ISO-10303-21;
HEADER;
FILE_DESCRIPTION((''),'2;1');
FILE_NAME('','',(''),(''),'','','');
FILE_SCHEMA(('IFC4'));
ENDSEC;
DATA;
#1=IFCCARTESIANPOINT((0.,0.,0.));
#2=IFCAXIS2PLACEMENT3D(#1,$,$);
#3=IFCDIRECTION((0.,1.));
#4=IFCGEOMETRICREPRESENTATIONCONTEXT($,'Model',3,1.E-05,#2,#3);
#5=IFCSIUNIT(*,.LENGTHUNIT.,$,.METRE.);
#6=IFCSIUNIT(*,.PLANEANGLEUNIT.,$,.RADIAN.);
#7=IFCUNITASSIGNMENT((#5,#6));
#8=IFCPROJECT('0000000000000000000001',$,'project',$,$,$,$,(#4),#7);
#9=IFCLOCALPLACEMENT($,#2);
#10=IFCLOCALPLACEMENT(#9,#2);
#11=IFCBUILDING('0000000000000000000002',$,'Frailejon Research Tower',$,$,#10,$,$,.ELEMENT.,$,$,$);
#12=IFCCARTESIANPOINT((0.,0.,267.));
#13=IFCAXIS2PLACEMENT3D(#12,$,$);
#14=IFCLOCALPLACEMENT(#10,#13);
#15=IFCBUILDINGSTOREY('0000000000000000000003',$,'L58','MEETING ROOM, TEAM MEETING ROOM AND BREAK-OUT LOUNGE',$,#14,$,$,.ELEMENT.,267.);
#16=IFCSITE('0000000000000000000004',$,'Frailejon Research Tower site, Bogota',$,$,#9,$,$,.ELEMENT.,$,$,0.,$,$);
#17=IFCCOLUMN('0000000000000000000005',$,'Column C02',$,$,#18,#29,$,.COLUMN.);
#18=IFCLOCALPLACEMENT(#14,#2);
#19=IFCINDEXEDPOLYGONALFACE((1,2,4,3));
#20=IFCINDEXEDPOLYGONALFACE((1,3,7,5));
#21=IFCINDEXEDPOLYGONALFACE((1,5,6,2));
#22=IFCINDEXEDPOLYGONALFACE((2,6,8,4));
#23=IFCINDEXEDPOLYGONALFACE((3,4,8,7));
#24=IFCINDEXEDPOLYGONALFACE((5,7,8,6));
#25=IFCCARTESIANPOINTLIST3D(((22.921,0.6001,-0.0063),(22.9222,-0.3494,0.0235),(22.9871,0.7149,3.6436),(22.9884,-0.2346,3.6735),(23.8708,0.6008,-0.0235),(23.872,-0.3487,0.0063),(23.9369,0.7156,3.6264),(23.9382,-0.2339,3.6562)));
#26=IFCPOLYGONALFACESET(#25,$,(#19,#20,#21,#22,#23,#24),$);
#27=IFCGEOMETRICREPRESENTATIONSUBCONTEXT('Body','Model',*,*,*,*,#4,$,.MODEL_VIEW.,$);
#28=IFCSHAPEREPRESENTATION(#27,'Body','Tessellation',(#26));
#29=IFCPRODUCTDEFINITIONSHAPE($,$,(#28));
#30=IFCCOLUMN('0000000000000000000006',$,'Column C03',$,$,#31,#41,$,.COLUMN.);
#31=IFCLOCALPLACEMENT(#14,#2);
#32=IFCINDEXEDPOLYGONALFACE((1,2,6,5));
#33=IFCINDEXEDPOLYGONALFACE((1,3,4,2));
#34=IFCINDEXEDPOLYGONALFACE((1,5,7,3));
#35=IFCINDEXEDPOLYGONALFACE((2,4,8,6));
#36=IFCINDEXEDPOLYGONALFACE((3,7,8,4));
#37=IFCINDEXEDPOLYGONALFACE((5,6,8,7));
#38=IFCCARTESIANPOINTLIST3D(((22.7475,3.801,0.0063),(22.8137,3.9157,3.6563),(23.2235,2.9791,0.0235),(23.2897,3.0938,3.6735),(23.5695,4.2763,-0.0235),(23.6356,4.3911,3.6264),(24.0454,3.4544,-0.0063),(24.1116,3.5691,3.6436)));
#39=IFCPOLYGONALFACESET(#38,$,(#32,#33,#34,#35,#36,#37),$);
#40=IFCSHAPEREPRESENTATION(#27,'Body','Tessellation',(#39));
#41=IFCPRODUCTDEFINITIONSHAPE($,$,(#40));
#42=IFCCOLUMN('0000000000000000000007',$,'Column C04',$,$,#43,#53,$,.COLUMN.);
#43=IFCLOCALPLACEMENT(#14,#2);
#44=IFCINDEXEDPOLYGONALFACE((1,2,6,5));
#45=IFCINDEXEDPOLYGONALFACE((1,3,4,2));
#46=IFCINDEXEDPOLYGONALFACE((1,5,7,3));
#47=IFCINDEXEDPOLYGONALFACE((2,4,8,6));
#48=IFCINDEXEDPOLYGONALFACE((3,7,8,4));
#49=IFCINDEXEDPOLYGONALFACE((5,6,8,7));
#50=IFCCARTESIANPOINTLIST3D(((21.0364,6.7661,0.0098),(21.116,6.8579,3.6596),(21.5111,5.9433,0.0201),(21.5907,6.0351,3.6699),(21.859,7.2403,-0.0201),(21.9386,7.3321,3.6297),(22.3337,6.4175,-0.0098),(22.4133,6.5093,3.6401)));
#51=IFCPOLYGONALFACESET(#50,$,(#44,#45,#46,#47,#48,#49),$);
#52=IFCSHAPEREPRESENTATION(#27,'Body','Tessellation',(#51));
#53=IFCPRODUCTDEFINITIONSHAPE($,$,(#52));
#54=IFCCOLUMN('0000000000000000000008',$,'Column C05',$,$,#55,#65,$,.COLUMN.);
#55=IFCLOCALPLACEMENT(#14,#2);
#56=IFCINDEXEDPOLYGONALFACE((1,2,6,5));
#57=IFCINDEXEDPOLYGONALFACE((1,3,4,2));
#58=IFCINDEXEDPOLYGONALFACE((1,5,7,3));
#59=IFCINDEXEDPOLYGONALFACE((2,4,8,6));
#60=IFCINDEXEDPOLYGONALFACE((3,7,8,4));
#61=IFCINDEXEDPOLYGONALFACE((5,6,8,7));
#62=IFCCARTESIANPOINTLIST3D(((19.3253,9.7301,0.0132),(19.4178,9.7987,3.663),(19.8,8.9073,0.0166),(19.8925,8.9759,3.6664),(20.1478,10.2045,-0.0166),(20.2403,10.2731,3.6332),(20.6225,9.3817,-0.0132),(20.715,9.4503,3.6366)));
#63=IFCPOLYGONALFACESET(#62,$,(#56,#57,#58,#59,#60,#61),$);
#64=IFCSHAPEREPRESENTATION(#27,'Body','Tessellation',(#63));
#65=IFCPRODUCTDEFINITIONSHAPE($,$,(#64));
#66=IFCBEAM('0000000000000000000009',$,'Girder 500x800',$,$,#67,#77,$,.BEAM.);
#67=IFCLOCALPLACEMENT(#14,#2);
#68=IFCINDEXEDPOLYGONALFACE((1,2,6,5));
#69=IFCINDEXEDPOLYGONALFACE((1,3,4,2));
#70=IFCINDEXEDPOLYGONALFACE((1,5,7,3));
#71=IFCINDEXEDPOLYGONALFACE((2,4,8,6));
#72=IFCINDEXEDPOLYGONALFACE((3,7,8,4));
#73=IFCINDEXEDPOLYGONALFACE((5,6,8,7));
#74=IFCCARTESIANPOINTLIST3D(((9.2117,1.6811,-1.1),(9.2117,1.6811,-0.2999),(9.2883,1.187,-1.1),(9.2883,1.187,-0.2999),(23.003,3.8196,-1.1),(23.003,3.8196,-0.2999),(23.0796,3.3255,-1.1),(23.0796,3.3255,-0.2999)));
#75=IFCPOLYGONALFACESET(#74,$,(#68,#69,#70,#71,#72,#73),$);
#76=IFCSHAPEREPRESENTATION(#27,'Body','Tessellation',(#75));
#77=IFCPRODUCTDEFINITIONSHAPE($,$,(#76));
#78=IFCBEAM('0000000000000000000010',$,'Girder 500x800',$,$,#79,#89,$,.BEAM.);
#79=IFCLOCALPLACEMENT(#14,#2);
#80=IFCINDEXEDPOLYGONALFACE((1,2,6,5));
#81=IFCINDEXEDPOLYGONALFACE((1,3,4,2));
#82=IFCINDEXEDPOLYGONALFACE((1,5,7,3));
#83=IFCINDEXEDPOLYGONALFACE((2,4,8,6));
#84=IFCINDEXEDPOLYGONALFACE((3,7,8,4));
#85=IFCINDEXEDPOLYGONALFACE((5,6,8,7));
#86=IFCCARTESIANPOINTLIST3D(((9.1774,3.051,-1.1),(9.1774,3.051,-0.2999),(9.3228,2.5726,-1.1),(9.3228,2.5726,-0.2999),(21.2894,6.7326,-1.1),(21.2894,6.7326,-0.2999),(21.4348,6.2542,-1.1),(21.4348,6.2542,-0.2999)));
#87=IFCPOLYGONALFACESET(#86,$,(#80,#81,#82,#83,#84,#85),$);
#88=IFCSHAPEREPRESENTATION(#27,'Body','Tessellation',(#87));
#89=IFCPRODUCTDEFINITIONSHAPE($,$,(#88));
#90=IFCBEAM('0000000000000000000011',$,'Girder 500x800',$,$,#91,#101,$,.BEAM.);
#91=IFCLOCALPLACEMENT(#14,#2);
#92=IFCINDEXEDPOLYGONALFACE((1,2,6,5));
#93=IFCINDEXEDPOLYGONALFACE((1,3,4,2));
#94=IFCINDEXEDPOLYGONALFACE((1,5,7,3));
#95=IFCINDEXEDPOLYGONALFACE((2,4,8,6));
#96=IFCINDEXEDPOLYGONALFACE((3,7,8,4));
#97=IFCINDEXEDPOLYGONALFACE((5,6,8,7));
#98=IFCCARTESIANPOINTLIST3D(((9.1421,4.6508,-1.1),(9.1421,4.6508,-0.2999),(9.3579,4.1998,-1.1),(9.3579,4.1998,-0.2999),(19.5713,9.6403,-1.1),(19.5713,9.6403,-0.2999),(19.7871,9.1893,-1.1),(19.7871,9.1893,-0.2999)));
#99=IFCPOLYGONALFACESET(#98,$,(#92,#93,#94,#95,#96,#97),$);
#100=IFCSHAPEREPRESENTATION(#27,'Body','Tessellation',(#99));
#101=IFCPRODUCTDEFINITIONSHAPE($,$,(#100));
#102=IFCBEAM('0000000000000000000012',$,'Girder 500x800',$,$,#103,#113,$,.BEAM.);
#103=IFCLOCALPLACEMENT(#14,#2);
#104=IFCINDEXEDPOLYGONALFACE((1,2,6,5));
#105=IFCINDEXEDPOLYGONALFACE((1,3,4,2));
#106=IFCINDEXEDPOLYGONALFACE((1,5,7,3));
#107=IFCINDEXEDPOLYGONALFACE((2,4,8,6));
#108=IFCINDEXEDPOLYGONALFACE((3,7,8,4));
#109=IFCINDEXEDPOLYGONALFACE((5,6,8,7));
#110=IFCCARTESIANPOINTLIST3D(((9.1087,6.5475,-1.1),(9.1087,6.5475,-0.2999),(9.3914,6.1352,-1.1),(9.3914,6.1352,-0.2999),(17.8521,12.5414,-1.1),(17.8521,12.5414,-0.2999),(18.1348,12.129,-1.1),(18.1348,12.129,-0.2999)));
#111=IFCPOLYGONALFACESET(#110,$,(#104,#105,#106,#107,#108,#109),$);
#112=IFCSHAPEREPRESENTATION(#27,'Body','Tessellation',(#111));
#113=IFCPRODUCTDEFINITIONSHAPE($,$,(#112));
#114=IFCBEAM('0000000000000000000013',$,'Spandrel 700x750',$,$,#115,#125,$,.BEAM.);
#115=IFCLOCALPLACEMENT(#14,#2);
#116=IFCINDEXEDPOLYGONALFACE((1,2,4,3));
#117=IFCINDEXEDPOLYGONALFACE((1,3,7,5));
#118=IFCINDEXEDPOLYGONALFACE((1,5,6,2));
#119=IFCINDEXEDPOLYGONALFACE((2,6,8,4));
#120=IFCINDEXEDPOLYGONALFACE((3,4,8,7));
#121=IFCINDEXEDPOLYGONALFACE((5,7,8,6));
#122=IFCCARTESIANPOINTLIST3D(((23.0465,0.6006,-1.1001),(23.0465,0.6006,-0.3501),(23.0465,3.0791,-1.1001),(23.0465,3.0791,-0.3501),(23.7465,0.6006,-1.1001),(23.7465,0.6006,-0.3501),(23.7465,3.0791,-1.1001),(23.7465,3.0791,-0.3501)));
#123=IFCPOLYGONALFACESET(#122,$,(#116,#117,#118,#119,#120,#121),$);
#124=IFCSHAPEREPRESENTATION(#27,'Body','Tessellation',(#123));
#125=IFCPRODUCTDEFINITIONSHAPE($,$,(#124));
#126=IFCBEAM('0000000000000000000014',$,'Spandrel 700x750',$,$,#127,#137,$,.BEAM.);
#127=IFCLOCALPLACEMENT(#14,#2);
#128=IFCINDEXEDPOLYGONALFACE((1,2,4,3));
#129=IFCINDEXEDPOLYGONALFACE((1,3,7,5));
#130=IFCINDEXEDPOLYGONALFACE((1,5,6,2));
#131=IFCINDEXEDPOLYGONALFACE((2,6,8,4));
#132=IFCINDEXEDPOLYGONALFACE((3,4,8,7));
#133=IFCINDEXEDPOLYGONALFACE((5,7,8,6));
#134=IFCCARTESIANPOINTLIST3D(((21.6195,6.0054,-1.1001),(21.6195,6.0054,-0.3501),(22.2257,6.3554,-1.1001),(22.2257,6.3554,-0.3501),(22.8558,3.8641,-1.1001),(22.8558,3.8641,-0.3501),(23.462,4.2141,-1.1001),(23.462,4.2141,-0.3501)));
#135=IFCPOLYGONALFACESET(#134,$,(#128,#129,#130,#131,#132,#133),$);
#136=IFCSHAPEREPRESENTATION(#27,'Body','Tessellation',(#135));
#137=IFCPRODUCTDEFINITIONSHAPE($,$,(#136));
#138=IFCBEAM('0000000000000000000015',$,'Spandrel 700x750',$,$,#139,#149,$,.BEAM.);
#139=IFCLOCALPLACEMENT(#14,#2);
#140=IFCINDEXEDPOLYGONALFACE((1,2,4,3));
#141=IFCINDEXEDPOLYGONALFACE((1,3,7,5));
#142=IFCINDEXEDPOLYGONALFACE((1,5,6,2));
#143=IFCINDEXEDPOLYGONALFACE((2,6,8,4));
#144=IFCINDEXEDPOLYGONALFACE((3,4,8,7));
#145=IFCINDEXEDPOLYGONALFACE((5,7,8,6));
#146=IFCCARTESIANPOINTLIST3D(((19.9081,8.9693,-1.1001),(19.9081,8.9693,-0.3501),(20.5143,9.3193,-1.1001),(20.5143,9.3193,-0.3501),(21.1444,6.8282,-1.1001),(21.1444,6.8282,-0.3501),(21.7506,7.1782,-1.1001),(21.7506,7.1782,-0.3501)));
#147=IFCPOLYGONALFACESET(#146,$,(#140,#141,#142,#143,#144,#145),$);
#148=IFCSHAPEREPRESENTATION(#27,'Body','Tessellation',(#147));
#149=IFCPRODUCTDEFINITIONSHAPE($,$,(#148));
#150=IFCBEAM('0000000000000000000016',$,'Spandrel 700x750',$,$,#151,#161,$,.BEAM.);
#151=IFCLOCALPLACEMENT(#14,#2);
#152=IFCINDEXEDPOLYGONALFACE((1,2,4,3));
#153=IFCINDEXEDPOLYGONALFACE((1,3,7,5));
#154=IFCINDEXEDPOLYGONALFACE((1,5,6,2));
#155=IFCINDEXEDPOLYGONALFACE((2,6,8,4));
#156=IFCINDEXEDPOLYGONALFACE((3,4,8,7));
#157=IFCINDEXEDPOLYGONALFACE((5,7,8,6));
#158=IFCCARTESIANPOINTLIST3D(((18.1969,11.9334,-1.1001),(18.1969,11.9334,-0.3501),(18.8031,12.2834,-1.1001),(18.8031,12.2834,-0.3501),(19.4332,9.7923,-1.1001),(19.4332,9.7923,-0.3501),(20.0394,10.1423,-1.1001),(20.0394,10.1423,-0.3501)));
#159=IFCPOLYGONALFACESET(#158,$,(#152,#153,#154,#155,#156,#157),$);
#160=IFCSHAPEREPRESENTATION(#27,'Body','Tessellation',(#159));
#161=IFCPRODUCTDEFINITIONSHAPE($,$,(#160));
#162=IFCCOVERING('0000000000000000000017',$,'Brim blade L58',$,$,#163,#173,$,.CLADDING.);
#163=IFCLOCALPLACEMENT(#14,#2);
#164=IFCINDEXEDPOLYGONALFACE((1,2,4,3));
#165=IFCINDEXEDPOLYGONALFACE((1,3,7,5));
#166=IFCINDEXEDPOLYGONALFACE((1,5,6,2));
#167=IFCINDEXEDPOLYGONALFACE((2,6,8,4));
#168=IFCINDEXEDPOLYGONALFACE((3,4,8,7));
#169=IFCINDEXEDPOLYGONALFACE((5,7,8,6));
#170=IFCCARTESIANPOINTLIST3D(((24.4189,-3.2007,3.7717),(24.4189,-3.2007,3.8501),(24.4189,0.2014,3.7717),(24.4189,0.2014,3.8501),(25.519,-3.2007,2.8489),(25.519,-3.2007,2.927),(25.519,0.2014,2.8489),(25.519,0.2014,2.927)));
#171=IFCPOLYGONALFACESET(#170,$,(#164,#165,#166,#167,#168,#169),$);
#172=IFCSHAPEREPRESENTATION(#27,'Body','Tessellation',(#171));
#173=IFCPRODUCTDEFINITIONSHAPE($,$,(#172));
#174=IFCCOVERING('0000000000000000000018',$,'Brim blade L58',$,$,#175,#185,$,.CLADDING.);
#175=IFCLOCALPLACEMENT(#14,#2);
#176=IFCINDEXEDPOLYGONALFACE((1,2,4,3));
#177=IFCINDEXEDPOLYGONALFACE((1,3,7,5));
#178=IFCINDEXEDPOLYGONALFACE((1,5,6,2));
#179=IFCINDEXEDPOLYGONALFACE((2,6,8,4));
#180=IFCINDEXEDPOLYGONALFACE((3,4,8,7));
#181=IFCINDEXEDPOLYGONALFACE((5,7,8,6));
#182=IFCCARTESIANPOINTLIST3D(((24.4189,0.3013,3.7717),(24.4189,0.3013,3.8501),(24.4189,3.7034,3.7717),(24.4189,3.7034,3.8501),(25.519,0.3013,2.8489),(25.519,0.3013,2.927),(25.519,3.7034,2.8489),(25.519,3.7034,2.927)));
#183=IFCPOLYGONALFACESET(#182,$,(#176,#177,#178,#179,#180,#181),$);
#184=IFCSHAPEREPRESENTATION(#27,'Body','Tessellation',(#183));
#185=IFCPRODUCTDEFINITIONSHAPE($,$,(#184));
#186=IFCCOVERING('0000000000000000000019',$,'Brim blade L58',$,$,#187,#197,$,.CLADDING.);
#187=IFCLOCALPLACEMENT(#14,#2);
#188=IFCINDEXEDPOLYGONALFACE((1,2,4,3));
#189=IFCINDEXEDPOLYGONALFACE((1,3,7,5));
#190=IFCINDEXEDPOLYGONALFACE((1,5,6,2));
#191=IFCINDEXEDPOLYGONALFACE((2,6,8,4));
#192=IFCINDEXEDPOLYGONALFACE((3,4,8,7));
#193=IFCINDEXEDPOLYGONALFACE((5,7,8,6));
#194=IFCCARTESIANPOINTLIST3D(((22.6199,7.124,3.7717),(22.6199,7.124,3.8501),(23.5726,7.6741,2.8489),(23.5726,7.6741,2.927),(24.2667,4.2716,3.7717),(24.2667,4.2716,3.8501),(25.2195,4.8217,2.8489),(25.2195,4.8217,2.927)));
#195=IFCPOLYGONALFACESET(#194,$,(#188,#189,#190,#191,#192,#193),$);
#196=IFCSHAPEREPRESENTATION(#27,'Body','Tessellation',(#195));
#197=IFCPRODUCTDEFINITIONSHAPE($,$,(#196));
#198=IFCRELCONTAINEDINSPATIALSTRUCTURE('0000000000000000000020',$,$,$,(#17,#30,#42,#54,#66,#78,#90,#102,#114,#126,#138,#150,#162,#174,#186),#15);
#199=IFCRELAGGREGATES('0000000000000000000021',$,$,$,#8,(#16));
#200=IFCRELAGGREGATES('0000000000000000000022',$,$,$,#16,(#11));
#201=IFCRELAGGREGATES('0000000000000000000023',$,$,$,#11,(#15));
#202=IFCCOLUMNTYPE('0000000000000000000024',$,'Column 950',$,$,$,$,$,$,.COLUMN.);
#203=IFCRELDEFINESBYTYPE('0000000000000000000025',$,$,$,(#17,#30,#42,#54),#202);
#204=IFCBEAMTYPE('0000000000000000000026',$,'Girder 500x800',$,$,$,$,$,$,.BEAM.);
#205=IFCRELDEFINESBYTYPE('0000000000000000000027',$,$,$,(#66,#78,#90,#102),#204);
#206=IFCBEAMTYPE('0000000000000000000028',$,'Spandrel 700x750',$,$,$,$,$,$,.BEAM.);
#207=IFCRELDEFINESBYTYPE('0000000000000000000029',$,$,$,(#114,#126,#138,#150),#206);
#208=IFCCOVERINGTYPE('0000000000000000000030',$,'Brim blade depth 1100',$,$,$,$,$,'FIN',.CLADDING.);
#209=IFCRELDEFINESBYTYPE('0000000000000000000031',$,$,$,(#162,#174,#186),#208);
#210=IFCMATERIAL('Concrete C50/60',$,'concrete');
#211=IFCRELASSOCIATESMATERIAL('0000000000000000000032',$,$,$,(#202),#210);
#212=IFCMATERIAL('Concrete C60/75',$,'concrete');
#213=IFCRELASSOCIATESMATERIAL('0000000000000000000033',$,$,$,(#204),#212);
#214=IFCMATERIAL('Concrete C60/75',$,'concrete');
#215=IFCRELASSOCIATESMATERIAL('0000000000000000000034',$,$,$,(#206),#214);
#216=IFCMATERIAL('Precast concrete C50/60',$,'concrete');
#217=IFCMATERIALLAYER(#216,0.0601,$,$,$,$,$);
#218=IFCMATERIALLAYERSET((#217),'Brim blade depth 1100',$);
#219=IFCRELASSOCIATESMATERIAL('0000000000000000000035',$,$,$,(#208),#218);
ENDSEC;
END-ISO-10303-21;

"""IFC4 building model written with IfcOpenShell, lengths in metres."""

from ifc_helpers import new_model, si_unit, direction, frame, origin, origin_2d, place, context, subcontext, project, spatial, polyline, rectangle, outline, extrude, material, layer, layer_set, material_profile, profile_set, type_object, element, save


model = new_model("IFC4")

# Units and contexts
model_context = context("Model", 3, precision=1e-05, world=origin(), true_north=direction((0.0, 1.0)))
body_context = subcontext(model_context, "Body", "Model", "MODEL_VIEW")
ifc_project = project(units=[si_unit("LENGTHUNIT", "METRE"), si_unit("PLANEANGLEUNIT", "RADIAN")], contexts=[model_context])

# Site, building, storey
site_placement = place(None, origin())
site = spatial("IfcSite", under=ifc_project, at=site_placement, Name="Frailejon Research Tower site, Bogota", CompositionType="ELEMENT", RefElevation=0.0)
building_placement = place(site_placement, origin())
building = spatial("IfcBuilding", under=site, at=building_placement, Name="Frailejon Research Tower", CompositionType="ELEMENT")
storey_placement = place(building_placement, frame((0.0, 0.0, 267.0)))
storey = spatial("IfcBuildingStorey", under=building, at=storey_placement, Name="L58", Description="MEETING ROOM, TEAM MEETING ROOM AND BREAK-OUT LOUNGE", CompositionType="ELEMENT", Elevation=267.0)

# Columns
ifc_material_1 = material(Name="Concrete C50/60", Category="concrete")
ifc_material_profile_1 = material_profile(ifc_material_1, rectangle(XDim=0.95, YDim=0.95, at=origin_2d()), Name="Column 950")
ifc_profile_set_1 = profile_set([ifc_material_profile_1], Name="Concrete C50/60")
column_type = type_object("IfcColumnType", Name="Column 950", PredefinedType="COLUMN", material=ifc_profile_set_1)
for number, where, z_axis, x_axis, name in (
    (1, (23.3965, 0.1257, 0.0), (0.018115, 0.031417, 0.999342), (-0.001297, 0.999506, -0.031399), "Column C02"),
    (2, (23.3965, 3.6277, 0.0), (0.018115, 0.031417, 0.999342), (-0.501041, 0.865234, -0.018119), "Column C03"),
):
    element("IfcColumn", number, at=place(storey_placement, frame(where, z_axis=z_axis, x_axis=x_axis)), inside=storey, type_object=column_type, Name=name, PredefinedType="COLUMN", context=body_context, shape_type="SweptSolid", body=[
        extrude(rectangle(XDim=0.95, YDim=0.95, at=origin_2d()), origin(), (0.0, 0.0, 1.0), 3.6523),
    ])
column_1_placement = place(storey_placement, frame((21.6851, 6.5918, 0.0), z_axis=(0.021794, 0.025137, 0.999446), x_axis=(-0.499665, 0.86615, -0.010888)))
element("IfcColumn", 3, at=column_1_placement, inside=storey, type_object=column_type, Name="Column C04", PredefinedType="COLUMN", context=body_context, shape_type="SweptSolid", body=[
    extrude(rectangle(XDim=0.95, YDim=0.95, at=origin_2d()), origin(), (0.0, 0.0, 1.0), 3.6519),
])
column_2_placement = place(storey_placement, frame((19.9739, 9.5559, 0.0), z_axis=(0.025339, 0.018787, 0.999502), x_axis=(-0.499703, 0.866189, -0.003613)))
element("IfcColumn", 4, at=column_2_placement, inside=storey, type_object=column_type, Name="Column C05", PredefinedType="COLUMN", context=body_context, shape_type="SweptSolid", body=[
    extrude(rectangle(XDim=0.95, YDim=0.95, at=origin_2d()), origin(), (0.0, 0.0, 1.0), 3.6516),
])

# Beams
ifc_material_2 = material(Name="Concrete C60/75", Category="concrete")
ifc_material_profile_2 = material_profile(ifc_material_2, rectangle(XDim=0.5, YDim=0.8, at=origin_2d()), Name="Girder 500x800")
ifc_profile_set_2 = profile_set([ifc_material_profile_2], Name="Concrete C60/75")
beam_type_1 = type_object("IfcBeamType", Name="Girder 500x800", PredefinedType="BEAM", material=ifc_profile_set_2)
beam_1_placement = place(storey_placement, frame((23.0413, 3.5725, -0.7), z_axis=(-0.988191, -0.153226, 0.0), x_axis=(0.153226, -0.988191, 0.0)))
element("IfcBeam", 5, at=beam_1_placement, inside=storey, type_object=beam_type_1, Name="Girder 500x800", PredefinedType="BEAM", context=body_context, shape_type="SweptSolid", body=[
    extrude(rectangle(XDim=0.5, YDim=0.8, at=origin_2d()), origin(), (0.0, 0.0, 1.0), 13.9561),
])
beam_2_placement = place(storey_placement, frame((21.3621, 6.4934, -0.7), z_axis=(-0.956776, -0.290826, 0.0), x_axis=(0.290826, -0.956776, 0.0)))
element("IfcBeam", 6, at=beam_2_placement, inside=storey, type_object=beam_type_1, Name="Girder 500x800", PredefinedType="BEAM", context=body_context, shape_type="SweptSolid", body=[
    extrude(rectangle(XDim=0.5, YDim=0.8, at=origin_2d()), origin(), (0.0, 0.0, 1.0), 12.6592),
])
beam_3_placement = place(storey_placement, frame((19.6792, 9.4148, -0.7), z_axis=(-0.90208, -0.43157, 0.0), x_axis=(0.43157, -0.90208, 0.0)))
element("IfcBeam", 7, at=beam_3_placement, inside=storey, type_object=beam_type_1, Name="Girder 500x800", PredefinedType="BEAM", context=body_context, shape_type="SweptSolid", body=[
    extrude(rectangle(XDim=0.5, YDim=0.8, at=origin_2d()), origin(), (0.0, 0.0, 1.0), 11.5613),
])
beam_4_placement = place(storey_placement, frame((17.9934, 12.3352, -0.7), z_axis=(-0.824799, -0.565427, 0.0), x_axis=(0.565427, -0.824799, 0.0)))
element("IfcBeam", 8, at=beam_4_placement, inside=storey, type_object=beam_type_1, Name="Girder 500x800", PredefinedType="BEAM", context=body_context, shape_type="SweptSolid", body=[
    extrude(rectangle(XDim=0.5, YDim=0.8, at=origin_2d()), origin(), (0.0, 0.0, 1.0), 10.6006),
])
ifc_material_3 = material(Name="Concrete C60/75", Category="concrete")
ifc_material_profile_3 = material_profile(ifc_material_3, rectangle(XDim=0.7, YDim=0.75, at=origin_2d()), Name="Spandrel 700x750")
ifc_profile_set_3 = profile_set([ifc_material_profile_3], Name="Concrete C60/75")
beam_type_2 = type_object("IfcBeamType", Name="Spandrel 700x750", PredefinedType="BEAM", material=ifc_profile_set_3)
beam_5_placement = place(storey_placement, frame((23.3965, 0.6006, -0.7251), z_axis=(0.0, 1.0, 0.0), x_axis=(-1.0, 0.0, 0.0)))
element("IfcBeam", 9, at=beam_5_placement, inside=storey, type_object=beam_type_2, Name="Spandrel 700x750", PredefinedType="BEAM", context=body_context, shape_type="SweptSolid", body=[
    extrude(rectangle(XDim=0.7, YDim=0.75, at=origin_2d()), origin(), (0.0, 0.0, 1.0), 2.4785),
])
beam_6_placement = place(storey_placement, frame((23.1589, 4.0391, -0.7251), z_axis=(-0.500005, 0.866023, 0.0), x_axis=(-0.866023, -0.500005, 0.0)))
element("IfcBeam", 10, at=beam_6_placement, inside=storey, type_object=beam_type_2, Name="Spandrel 700x750", PredefinedType="BEAM", context=body_context, shape_type="SweptSolid", body=[
    extrude(rectangle(XDim=0.7, YDim=0.75, at=origin_2d()), origin(), (0.0, 0.0, 1.0), 2.4727),
])
for number, where, z_axis, x_axis, name in (
    (11, (21.4475, 7.0032, -0.7251), (-0.500047, 0.865998, 0.0), (-0.865998, -0.500047, 0.0), "Spandrel 700x750"),
    (12, (19.7363, 9.9673, -0.7251), (-0.500047, 0.865998, 0.0), (-0.865998, -0.500047, 0.0), "Spandrel 700x750"),
):
    element("IfcBeam", number, at=place(storey_placement, frame(where, z_axis=z_axis, x_axis=x_axis)), inside=storey, type_object=beam_type_2, Name=name, PredefinedType="BEAM", context=body_context, shape_type="SweptSolid", body=[
        extrude(rectangle(XDim=0.7, YDim=0.75, at=origin_2d()), origin(), (0.0, 0.0, 1.0), 2.4724),
    ])

# Coverings
ifc_material_4 = material(Name="Precast concrete C50/60", Category="concrete")
ifc_layer_1 = layer(ifc_material_4, 0.0601)
ifc_layer_set_1 = layer_set([ifc_layer_1], Name="Brim blade depth 1100")
covering_type_1 = type_object("IfcCoveringType", Name="Brim blade depth 1100", ElementType="FIN", PredefinedType="CLADDING", material=ifc_layer_set_1)
for number, where, z_axis, x_axis, name in (
    (13, (24.4189, 0.2014, 3.8501), (0.0, -1.0, 0.0), (1.0, 0.0, 0.0), "Brim blade L58"),
    (14, (24.4189, 3.7034, 3.8501), (0.0, -1.0, 0.0), (1.0, 0.0, 0.0), "Brim blade L58"),
):
    element("IfcCovering", number, at=place(storey_placement, frame(where, z_axis=z_axis, x_axis=x_axis)), inside=storey, type_object=covering_type_1, Name=name, PredefinedType="CLADDING", context=body_context, shape_type="SweptSolid", body=[
        extrude(outline(polyline([(0.0, -0.0784), (1.1001, -1.0012), (1.1001, -0.9231), (0.0, 0.0), (0.0, -0.0784)])), origin(), (0.0, 0.0, 1.0), 3.4021),
    ])
covering_1_placement = place(storey_placement, frame((22.6199, 7.124, 3.8501), z_axis=(0.500006, -0.866022, 0.0), x_axis=(0.866022, 0.500006, 0.0)))
element("IfcCovering", 15, at=covering_1_placement, inside=storey, type_object=covering_type_1, Name="Brim blade L58", PredefinedType="CLADDING", context=body_context, shape_type="SweptSolid", body=[
    extrude(outline(polyline([(0.0, -0.0784), (1.1001, -1.0012), (1.1001, -0.9231), (0.0, 0.0), (0.0, -0.0784)])), origin(), (0.0, 0.0, 1.0), 3.2937),
])

save(model, "model.ifc")
